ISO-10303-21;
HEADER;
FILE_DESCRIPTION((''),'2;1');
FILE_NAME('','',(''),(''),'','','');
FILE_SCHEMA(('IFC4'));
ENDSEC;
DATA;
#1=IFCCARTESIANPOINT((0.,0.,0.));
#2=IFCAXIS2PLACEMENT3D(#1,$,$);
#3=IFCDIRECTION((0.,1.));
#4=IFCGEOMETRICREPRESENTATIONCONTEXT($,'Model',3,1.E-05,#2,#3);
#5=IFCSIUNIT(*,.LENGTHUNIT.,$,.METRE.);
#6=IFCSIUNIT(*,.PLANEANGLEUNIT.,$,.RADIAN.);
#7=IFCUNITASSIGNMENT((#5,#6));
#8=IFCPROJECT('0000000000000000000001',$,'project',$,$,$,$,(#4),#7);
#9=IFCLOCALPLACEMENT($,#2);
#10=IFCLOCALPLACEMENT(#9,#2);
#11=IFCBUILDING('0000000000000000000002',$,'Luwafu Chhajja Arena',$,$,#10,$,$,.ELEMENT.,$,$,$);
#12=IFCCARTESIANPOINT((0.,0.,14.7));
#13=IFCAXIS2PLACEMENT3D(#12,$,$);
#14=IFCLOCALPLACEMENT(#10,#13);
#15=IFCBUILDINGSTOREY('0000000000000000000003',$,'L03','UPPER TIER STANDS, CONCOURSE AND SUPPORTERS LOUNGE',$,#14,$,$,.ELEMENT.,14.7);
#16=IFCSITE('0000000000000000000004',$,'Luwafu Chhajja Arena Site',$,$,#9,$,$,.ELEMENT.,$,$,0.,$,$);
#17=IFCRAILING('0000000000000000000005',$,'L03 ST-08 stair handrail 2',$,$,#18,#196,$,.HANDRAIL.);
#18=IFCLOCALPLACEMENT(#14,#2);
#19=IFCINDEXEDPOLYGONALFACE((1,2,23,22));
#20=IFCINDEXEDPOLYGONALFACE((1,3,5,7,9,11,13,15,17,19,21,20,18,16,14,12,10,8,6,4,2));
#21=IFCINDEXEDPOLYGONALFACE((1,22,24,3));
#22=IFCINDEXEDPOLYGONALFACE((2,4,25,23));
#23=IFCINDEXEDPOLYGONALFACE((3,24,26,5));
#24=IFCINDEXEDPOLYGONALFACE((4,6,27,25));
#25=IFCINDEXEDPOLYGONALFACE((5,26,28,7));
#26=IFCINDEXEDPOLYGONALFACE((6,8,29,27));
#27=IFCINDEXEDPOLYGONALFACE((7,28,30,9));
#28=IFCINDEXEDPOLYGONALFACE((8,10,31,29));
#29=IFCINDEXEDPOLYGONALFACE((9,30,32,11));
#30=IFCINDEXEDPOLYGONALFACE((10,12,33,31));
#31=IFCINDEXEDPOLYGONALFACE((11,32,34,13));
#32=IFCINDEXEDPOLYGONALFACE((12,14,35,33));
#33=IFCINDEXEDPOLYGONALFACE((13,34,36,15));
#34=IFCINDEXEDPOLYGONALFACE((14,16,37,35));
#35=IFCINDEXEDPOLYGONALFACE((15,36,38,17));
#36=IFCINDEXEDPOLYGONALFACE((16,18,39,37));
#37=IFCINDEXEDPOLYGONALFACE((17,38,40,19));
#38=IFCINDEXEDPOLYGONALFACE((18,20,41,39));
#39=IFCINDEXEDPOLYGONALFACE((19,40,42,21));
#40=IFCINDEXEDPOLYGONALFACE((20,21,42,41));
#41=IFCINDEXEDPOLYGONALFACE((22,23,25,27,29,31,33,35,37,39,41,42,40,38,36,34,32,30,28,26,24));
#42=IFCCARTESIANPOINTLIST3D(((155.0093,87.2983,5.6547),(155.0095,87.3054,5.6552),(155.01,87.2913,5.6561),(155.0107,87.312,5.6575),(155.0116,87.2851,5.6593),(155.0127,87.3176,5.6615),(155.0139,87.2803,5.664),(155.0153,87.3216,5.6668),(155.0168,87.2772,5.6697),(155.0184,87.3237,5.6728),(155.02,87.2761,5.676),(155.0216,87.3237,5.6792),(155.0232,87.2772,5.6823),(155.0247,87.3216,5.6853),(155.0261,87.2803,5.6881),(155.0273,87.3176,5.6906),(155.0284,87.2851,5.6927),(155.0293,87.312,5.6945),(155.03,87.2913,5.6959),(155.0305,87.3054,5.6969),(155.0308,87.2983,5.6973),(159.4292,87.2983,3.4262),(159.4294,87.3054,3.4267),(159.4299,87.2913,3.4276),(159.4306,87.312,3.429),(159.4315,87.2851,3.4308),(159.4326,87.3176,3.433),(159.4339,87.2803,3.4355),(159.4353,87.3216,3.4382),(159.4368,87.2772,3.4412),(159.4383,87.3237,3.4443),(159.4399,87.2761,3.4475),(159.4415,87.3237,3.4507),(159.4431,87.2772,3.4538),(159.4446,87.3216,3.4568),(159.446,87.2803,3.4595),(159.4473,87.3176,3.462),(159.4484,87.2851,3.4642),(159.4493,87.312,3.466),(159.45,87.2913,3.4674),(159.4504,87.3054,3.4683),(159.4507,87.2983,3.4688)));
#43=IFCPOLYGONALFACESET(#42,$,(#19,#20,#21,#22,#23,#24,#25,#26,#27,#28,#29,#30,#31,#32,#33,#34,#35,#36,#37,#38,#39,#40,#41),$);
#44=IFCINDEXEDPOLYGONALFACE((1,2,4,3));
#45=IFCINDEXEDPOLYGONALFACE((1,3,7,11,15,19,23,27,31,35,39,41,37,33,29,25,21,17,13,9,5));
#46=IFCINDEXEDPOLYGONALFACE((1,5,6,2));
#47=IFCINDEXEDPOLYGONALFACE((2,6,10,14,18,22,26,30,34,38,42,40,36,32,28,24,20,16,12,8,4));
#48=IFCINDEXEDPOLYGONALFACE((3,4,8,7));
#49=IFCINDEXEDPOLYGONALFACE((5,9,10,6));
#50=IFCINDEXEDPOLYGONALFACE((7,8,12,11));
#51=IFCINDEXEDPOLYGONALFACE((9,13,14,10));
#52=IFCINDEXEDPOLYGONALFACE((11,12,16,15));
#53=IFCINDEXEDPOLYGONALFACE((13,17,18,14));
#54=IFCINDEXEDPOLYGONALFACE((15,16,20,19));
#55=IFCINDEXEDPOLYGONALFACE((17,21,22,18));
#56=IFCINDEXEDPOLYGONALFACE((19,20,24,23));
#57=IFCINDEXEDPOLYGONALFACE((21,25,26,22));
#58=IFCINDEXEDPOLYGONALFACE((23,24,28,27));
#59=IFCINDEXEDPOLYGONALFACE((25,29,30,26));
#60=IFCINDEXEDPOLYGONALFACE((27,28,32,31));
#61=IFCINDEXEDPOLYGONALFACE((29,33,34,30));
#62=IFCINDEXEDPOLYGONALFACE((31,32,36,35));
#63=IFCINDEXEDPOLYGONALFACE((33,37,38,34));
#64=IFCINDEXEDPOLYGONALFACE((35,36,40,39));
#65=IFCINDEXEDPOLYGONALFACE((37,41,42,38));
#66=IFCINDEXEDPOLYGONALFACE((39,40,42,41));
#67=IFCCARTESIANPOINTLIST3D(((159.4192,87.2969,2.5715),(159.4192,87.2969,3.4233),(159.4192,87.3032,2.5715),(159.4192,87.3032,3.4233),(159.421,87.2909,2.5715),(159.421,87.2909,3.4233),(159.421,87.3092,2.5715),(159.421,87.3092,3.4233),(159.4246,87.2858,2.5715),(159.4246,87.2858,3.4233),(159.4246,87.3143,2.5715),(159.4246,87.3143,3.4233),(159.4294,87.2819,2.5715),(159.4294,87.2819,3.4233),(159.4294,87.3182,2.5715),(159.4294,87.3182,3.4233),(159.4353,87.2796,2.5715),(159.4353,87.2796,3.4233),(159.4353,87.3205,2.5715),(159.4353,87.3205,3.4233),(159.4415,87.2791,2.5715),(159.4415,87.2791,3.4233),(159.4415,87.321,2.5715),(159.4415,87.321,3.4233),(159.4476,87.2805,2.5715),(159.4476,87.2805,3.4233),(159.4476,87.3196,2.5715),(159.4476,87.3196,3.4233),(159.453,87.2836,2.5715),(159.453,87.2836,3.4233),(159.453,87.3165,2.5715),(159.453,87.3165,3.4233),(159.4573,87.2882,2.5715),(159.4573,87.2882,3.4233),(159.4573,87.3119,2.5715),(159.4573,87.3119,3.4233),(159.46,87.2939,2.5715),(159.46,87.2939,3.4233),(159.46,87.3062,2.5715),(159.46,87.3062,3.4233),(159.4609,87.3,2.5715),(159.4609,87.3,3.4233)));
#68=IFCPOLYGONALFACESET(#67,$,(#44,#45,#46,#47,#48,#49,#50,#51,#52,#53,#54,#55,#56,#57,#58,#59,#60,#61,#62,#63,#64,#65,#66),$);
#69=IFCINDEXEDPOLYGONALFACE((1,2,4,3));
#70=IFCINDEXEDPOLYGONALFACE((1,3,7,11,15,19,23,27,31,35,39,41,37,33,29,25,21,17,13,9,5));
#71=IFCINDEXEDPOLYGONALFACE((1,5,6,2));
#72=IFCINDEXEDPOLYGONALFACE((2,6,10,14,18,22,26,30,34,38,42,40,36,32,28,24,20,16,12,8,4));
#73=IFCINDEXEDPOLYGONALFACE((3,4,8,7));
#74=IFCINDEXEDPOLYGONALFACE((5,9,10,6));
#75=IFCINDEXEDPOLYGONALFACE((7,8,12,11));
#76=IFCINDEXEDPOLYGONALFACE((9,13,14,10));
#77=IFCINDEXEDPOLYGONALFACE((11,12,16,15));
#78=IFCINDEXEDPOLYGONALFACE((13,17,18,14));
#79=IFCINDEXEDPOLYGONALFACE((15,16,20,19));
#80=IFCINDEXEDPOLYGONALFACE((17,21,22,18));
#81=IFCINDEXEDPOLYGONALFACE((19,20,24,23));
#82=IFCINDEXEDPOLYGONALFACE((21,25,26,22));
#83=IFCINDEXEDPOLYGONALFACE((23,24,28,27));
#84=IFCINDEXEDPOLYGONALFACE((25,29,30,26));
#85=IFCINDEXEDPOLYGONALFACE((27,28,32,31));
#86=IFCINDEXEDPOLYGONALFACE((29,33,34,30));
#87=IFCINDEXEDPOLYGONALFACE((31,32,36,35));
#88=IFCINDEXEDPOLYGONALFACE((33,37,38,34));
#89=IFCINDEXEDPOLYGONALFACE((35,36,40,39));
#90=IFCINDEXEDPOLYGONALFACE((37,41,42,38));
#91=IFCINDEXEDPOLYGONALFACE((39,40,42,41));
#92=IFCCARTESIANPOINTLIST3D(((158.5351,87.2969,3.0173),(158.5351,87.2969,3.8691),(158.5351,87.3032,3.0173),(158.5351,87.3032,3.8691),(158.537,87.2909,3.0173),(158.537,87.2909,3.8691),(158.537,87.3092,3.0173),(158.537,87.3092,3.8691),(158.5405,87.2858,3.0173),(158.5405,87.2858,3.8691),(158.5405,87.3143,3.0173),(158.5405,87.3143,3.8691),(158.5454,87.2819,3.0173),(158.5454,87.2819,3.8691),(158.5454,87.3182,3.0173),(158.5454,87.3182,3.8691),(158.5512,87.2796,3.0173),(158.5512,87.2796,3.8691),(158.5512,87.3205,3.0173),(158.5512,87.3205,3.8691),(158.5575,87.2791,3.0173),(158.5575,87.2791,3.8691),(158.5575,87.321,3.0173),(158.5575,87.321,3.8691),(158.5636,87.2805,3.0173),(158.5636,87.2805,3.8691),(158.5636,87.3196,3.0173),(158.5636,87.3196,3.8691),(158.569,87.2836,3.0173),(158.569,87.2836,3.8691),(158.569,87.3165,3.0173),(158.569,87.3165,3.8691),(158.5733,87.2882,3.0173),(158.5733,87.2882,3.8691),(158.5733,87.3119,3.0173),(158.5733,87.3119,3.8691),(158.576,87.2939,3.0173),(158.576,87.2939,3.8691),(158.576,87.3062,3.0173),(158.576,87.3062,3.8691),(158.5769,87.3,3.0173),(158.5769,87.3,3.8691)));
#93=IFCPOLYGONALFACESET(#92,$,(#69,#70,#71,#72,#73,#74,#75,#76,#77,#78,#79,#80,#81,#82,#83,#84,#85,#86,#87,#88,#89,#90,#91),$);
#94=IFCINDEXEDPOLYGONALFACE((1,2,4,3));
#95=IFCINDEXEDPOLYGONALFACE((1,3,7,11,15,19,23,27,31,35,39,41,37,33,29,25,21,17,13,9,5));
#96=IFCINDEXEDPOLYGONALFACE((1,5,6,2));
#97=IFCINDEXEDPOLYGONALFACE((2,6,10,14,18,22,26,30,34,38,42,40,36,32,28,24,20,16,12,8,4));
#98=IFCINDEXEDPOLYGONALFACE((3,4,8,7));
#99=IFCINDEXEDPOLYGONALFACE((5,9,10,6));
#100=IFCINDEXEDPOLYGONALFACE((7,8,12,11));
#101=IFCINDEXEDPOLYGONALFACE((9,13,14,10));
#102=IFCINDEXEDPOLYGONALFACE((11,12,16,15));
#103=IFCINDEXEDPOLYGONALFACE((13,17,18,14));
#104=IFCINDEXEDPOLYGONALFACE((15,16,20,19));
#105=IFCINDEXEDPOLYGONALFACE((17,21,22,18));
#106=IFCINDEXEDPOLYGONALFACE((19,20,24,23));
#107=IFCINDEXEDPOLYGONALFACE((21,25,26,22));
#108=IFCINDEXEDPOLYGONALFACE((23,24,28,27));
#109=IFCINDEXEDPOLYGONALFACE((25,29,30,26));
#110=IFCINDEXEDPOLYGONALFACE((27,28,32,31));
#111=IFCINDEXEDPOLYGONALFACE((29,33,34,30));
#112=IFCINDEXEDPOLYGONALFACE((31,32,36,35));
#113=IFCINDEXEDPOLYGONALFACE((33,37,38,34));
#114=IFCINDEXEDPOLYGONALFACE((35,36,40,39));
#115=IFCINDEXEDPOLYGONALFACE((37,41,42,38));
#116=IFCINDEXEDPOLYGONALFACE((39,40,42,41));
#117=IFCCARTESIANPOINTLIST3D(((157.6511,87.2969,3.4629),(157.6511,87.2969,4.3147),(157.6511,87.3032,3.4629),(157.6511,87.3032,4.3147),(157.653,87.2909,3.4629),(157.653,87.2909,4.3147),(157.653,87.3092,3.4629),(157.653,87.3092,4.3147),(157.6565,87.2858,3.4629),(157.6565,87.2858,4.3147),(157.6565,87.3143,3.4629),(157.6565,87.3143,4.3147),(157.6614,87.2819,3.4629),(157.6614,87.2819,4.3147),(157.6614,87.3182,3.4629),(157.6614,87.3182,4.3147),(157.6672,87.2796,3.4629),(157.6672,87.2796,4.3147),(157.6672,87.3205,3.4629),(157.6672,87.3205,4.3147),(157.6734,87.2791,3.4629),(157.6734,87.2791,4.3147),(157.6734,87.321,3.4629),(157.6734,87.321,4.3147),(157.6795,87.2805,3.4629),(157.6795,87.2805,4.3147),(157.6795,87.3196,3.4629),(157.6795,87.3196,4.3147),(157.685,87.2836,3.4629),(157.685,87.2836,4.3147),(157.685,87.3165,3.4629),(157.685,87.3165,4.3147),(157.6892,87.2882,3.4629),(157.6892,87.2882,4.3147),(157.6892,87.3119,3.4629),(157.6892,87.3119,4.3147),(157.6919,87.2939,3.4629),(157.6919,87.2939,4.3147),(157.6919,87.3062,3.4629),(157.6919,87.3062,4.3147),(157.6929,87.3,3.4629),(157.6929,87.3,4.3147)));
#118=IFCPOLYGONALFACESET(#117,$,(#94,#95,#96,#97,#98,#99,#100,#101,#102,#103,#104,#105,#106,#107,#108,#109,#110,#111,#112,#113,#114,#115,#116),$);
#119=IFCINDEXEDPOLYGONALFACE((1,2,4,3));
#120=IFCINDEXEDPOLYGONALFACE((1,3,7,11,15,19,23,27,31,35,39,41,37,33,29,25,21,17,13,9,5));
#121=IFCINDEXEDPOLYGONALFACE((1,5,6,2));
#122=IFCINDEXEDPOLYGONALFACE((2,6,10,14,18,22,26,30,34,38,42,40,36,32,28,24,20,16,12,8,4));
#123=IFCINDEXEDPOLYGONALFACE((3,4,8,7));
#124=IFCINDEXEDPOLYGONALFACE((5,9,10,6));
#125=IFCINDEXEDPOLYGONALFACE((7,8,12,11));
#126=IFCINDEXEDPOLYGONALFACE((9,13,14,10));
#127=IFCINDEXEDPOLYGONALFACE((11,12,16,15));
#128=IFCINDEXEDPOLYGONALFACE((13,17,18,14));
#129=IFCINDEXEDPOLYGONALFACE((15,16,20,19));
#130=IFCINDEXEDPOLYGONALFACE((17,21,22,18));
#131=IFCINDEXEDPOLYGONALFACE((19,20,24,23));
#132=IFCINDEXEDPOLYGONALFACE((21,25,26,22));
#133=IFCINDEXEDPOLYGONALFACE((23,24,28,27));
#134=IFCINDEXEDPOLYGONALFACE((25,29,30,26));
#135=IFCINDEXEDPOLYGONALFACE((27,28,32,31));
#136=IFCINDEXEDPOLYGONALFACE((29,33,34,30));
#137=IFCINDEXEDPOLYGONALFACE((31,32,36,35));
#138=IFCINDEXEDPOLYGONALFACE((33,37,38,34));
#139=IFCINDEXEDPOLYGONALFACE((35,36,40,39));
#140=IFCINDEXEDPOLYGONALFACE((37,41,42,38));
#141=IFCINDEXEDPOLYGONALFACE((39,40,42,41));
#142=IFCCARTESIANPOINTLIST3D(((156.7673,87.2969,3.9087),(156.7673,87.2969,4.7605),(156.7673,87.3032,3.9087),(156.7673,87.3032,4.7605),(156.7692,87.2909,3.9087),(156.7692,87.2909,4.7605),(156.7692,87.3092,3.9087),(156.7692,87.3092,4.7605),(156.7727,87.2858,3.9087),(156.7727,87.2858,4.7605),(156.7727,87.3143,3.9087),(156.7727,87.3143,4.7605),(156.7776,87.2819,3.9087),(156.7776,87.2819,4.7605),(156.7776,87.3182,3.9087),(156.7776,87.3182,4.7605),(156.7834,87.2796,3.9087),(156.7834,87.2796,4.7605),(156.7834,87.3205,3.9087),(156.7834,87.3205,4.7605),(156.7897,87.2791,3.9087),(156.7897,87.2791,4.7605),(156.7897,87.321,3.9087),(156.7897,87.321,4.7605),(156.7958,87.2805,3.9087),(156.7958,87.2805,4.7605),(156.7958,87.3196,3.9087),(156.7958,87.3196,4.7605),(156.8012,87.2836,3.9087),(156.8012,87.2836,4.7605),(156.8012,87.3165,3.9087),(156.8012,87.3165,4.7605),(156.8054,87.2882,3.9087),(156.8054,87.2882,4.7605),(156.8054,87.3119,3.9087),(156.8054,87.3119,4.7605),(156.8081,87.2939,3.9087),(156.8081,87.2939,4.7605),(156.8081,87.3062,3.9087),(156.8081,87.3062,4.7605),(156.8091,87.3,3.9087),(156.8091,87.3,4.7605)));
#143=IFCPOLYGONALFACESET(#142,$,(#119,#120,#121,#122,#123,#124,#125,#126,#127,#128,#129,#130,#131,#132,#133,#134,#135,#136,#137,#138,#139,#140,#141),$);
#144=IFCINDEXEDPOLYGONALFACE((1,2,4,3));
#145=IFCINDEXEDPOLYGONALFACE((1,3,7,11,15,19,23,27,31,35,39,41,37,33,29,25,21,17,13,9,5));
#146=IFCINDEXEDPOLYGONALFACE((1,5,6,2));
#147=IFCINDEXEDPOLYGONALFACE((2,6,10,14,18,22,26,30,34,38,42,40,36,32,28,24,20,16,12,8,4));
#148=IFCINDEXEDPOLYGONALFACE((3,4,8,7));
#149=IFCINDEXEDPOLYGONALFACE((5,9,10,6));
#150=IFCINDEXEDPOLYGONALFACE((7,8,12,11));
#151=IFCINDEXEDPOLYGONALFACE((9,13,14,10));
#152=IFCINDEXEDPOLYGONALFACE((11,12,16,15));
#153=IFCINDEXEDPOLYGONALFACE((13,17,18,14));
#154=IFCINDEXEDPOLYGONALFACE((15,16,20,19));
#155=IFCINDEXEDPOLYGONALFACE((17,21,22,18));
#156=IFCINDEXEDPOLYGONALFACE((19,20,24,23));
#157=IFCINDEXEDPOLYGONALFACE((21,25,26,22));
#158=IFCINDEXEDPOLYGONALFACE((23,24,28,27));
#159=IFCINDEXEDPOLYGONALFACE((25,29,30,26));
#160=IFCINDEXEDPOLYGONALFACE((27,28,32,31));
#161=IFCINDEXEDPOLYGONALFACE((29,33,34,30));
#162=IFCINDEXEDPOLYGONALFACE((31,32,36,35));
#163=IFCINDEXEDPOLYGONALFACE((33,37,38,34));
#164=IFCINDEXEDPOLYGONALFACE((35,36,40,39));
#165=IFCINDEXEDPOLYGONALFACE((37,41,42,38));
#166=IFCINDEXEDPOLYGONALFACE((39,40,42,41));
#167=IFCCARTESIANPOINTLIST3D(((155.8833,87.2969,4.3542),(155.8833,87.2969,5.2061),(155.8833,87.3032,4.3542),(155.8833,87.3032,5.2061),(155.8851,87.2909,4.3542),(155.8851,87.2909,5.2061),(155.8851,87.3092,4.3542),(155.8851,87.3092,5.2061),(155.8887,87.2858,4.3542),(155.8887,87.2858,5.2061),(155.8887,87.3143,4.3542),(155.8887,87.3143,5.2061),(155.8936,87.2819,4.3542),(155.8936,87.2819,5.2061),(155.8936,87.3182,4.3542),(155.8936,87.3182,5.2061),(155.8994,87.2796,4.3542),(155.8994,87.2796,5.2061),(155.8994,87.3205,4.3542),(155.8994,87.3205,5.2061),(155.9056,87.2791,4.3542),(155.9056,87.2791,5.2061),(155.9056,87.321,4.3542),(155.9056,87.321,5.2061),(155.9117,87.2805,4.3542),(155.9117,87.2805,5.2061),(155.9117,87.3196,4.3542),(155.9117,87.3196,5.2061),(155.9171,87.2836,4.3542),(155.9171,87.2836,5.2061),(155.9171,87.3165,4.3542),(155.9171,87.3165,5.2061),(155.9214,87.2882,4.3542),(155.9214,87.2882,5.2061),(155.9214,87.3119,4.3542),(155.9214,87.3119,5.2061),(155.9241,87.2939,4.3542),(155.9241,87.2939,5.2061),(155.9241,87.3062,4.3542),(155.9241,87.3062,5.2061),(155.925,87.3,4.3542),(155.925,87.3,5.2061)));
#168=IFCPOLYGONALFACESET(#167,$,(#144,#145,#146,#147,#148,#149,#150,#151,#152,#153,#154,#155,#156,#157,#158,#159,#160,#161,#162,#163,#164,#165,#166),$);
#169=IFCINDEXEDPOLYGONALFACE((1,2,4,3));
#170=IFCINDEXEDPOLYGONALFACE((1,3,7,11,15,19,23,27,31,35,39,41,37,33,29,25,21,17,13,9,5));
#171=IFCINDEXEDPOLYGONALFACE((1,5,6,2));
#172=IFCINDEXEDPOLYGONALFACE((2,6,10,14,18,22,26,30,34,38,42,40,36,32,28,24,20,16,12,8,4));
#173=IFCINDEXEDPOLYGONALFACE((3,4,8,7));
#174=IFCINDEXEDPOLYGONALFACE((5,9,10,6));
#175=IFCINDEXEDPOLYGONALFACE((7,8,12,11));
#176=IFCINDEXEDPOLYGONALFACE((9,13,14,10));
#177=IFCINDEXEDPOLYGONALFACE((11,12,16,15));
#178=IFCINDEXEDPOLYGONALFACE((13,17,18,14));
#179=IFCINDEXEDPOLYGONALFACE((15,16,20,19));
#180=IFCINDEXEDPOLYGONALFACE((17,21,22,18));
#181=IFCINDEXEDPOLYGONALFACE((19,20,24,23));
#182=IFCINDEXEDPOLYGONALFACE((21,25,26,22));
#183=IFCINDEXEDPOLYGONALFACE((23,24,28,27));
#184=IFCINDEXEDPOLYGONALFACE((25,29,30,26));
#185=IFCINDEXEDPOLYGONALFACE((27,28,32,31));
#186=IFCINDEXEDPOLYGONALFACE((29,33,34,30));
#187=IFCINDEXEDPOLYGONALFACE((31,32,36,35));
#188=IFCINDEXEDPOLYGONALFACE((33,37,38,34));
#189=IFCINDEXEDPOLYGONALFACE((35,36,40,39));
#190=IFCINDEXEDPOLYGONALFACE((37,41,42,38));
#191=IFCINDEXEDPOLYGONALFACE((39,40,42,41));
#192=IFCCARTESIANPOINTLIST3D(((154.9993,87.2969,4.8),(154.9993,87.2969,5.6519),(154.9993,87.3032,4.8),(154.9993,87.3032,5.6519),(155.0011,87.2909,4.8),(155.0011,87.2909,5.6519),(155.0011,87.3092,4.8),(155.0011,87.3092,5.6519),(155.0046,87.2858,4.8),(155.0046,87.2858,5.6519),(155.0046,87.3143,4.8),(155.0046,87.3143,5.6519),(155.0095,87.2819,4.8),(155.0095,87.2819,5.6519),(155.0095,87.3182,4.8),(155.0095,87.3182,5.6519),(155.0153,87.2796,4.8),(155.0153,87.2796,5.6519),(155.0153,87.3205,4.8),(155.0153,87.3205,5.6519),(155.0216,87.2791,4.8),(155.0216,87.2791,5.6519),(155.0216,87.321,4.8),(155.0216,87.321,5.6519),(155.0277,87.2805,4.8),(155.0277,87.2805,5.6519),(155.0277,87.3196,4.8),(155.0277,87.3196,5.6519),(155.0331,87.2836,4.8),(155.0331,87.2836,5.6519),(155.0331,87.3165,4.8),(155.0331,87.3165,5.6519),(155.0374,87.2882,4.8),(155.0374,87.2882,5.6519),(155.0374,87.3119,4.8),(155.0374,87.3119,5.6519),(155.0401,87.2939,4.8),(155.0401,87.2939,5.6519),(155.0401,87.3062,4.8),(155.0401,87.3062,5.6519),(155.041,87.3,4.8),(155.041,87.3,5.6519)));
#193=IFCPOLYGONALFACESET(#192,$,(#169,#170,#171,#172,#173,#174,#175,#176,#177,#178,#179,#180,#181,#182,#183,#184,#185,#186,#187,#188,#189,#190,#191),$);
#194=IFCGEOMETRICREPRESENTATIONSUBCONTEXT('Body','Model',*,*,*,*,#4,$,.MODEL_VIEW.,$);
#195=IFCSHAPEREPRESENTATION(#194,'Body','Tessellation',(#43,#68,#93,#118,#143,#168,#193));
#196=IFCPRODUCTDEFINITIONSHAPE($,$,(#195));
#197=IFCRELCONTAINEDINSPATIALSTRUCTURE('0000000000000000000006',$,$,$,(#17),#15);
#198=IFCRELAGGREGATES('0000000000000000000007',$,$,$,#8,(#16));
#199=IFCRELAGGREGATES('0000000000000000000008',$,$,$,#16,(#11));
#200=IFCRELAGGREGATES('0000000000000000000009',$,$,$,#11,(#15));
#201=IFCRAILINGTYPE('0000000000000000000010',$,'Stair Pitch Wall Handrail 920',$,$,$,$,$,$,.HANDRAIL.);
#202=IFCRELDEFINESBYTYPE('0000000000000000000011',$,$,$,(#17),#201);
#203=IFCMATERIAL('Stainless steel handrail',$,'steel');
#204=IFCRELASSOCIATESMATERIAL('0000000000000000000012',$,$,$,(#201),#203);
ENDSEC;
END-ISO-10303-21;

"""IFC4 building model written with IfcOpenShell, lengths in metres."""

from ifc_helpers import new_model, si_unit, direction, frame, origin, origin_2d, place, context, subcontext, project, spatial, circle, extrude, material, type_object, element, save


model = new_model("IFC4")

# Units and contexts
model_context = context("Model", 3, precision=1e-05, world=origin(), true_north=direction((0.0, 1.0)))
body_context = subcontext(model_context, "Body", "Model", "MODEL_VIEW")
ifc_project = project(units=[si_unit("LENGTHUNIT", "METRE"), si_unit("PLANEANGLEUNIT", "RADIAN")], contexts=[model_context])

# Site, building, storey
site_placement = place(None, origin())
site = spatial("IfcSite", under=ifc_project, at=site_placement, Name="Luwafu Chhajja Arena Site", CompositionType="ELEMENT", RefElevation=0.0)
building_placement = place(site_placement, origin())
building = spatial("IfcBuilding", under=site, at=building_placement, Name="Luwafu Chhajja Arena", CompositionType="ELEMENT")
storey_placement = place(building_placement, frame((0.0, 0.0, 14.7)))
storey = spatial("IfcBuildingStorey", under=building, at=storey_placement, Name="L03", Description="UPPER TIER STANDS, CONCOURSE AND SUPPORTERS LOUNGE", CompositionType="ELEMENT", Elevation=14.7)

# Railing
ifc_material_1 = material(Name="Stainless steel handrail", Category="steel")
railing_type_1 = type_object("IfcRailingType", Name="Stair Pitch Wall Handrail 920", PredefinedType="HANDRAIL", material=ifc_material_1)
railing_1_placement = place(storey_placement, frame((159.4399, 87.3, 2.5715)))
element("IfcRailing", 1, at=railing_1_placement, inside=storey, type_object=railing_type_1, Name="L03 ST-08 stair handrail 2", PredefinedType="HANDRAIL", context=body_context, shape_type="SweptSolid", body=[
    extrude(circle(Radius=0.0239, at=origin_2d()), frame((0.0, 0.0, 0.876), z_axis=(-0.892923, 0.0, 0.45021), x_axis=(0.0, -1.0, 0.0)), (0.0, 0.0, 1.0), 4.95),
    extrude(circle(Radius=0.021, at=origin_2d()), origin(), (0.0, 0.0, 1.0), 0.8518),
    extrude(circle(Radius=0.021, at=origin_2d()), frame((-0.884, 0.0, 0.4458)), (0.0, 0.0, 1.0), 0.8518),
    extrude(circle(Radius=0.021, at=origin_2d()), frame((-1.7681, 0.0, 0.8914)), (0.0, 0.0, 1.0), 0.8518),
    extrude(circle(Radius=0.021, at=origin_2d()), frame((-2.6519, 0.0, 1.3372)), (0.0, 0.0, 1.0), 0.8518),
    extrude(circle(Radius=0.021, at=origin_2d()), frame((-3.5359, 0.0, 1.7827)), (0.0, 0.0, 1.0), 0.8518),
    extrude(circle(Radius=0.021, at=origin_2d()), frame((-4.4199, 0.0, 2.2285)), (0.0, 0.0, 1.0), 0.8518),
])

save(model, "model.ifc")
